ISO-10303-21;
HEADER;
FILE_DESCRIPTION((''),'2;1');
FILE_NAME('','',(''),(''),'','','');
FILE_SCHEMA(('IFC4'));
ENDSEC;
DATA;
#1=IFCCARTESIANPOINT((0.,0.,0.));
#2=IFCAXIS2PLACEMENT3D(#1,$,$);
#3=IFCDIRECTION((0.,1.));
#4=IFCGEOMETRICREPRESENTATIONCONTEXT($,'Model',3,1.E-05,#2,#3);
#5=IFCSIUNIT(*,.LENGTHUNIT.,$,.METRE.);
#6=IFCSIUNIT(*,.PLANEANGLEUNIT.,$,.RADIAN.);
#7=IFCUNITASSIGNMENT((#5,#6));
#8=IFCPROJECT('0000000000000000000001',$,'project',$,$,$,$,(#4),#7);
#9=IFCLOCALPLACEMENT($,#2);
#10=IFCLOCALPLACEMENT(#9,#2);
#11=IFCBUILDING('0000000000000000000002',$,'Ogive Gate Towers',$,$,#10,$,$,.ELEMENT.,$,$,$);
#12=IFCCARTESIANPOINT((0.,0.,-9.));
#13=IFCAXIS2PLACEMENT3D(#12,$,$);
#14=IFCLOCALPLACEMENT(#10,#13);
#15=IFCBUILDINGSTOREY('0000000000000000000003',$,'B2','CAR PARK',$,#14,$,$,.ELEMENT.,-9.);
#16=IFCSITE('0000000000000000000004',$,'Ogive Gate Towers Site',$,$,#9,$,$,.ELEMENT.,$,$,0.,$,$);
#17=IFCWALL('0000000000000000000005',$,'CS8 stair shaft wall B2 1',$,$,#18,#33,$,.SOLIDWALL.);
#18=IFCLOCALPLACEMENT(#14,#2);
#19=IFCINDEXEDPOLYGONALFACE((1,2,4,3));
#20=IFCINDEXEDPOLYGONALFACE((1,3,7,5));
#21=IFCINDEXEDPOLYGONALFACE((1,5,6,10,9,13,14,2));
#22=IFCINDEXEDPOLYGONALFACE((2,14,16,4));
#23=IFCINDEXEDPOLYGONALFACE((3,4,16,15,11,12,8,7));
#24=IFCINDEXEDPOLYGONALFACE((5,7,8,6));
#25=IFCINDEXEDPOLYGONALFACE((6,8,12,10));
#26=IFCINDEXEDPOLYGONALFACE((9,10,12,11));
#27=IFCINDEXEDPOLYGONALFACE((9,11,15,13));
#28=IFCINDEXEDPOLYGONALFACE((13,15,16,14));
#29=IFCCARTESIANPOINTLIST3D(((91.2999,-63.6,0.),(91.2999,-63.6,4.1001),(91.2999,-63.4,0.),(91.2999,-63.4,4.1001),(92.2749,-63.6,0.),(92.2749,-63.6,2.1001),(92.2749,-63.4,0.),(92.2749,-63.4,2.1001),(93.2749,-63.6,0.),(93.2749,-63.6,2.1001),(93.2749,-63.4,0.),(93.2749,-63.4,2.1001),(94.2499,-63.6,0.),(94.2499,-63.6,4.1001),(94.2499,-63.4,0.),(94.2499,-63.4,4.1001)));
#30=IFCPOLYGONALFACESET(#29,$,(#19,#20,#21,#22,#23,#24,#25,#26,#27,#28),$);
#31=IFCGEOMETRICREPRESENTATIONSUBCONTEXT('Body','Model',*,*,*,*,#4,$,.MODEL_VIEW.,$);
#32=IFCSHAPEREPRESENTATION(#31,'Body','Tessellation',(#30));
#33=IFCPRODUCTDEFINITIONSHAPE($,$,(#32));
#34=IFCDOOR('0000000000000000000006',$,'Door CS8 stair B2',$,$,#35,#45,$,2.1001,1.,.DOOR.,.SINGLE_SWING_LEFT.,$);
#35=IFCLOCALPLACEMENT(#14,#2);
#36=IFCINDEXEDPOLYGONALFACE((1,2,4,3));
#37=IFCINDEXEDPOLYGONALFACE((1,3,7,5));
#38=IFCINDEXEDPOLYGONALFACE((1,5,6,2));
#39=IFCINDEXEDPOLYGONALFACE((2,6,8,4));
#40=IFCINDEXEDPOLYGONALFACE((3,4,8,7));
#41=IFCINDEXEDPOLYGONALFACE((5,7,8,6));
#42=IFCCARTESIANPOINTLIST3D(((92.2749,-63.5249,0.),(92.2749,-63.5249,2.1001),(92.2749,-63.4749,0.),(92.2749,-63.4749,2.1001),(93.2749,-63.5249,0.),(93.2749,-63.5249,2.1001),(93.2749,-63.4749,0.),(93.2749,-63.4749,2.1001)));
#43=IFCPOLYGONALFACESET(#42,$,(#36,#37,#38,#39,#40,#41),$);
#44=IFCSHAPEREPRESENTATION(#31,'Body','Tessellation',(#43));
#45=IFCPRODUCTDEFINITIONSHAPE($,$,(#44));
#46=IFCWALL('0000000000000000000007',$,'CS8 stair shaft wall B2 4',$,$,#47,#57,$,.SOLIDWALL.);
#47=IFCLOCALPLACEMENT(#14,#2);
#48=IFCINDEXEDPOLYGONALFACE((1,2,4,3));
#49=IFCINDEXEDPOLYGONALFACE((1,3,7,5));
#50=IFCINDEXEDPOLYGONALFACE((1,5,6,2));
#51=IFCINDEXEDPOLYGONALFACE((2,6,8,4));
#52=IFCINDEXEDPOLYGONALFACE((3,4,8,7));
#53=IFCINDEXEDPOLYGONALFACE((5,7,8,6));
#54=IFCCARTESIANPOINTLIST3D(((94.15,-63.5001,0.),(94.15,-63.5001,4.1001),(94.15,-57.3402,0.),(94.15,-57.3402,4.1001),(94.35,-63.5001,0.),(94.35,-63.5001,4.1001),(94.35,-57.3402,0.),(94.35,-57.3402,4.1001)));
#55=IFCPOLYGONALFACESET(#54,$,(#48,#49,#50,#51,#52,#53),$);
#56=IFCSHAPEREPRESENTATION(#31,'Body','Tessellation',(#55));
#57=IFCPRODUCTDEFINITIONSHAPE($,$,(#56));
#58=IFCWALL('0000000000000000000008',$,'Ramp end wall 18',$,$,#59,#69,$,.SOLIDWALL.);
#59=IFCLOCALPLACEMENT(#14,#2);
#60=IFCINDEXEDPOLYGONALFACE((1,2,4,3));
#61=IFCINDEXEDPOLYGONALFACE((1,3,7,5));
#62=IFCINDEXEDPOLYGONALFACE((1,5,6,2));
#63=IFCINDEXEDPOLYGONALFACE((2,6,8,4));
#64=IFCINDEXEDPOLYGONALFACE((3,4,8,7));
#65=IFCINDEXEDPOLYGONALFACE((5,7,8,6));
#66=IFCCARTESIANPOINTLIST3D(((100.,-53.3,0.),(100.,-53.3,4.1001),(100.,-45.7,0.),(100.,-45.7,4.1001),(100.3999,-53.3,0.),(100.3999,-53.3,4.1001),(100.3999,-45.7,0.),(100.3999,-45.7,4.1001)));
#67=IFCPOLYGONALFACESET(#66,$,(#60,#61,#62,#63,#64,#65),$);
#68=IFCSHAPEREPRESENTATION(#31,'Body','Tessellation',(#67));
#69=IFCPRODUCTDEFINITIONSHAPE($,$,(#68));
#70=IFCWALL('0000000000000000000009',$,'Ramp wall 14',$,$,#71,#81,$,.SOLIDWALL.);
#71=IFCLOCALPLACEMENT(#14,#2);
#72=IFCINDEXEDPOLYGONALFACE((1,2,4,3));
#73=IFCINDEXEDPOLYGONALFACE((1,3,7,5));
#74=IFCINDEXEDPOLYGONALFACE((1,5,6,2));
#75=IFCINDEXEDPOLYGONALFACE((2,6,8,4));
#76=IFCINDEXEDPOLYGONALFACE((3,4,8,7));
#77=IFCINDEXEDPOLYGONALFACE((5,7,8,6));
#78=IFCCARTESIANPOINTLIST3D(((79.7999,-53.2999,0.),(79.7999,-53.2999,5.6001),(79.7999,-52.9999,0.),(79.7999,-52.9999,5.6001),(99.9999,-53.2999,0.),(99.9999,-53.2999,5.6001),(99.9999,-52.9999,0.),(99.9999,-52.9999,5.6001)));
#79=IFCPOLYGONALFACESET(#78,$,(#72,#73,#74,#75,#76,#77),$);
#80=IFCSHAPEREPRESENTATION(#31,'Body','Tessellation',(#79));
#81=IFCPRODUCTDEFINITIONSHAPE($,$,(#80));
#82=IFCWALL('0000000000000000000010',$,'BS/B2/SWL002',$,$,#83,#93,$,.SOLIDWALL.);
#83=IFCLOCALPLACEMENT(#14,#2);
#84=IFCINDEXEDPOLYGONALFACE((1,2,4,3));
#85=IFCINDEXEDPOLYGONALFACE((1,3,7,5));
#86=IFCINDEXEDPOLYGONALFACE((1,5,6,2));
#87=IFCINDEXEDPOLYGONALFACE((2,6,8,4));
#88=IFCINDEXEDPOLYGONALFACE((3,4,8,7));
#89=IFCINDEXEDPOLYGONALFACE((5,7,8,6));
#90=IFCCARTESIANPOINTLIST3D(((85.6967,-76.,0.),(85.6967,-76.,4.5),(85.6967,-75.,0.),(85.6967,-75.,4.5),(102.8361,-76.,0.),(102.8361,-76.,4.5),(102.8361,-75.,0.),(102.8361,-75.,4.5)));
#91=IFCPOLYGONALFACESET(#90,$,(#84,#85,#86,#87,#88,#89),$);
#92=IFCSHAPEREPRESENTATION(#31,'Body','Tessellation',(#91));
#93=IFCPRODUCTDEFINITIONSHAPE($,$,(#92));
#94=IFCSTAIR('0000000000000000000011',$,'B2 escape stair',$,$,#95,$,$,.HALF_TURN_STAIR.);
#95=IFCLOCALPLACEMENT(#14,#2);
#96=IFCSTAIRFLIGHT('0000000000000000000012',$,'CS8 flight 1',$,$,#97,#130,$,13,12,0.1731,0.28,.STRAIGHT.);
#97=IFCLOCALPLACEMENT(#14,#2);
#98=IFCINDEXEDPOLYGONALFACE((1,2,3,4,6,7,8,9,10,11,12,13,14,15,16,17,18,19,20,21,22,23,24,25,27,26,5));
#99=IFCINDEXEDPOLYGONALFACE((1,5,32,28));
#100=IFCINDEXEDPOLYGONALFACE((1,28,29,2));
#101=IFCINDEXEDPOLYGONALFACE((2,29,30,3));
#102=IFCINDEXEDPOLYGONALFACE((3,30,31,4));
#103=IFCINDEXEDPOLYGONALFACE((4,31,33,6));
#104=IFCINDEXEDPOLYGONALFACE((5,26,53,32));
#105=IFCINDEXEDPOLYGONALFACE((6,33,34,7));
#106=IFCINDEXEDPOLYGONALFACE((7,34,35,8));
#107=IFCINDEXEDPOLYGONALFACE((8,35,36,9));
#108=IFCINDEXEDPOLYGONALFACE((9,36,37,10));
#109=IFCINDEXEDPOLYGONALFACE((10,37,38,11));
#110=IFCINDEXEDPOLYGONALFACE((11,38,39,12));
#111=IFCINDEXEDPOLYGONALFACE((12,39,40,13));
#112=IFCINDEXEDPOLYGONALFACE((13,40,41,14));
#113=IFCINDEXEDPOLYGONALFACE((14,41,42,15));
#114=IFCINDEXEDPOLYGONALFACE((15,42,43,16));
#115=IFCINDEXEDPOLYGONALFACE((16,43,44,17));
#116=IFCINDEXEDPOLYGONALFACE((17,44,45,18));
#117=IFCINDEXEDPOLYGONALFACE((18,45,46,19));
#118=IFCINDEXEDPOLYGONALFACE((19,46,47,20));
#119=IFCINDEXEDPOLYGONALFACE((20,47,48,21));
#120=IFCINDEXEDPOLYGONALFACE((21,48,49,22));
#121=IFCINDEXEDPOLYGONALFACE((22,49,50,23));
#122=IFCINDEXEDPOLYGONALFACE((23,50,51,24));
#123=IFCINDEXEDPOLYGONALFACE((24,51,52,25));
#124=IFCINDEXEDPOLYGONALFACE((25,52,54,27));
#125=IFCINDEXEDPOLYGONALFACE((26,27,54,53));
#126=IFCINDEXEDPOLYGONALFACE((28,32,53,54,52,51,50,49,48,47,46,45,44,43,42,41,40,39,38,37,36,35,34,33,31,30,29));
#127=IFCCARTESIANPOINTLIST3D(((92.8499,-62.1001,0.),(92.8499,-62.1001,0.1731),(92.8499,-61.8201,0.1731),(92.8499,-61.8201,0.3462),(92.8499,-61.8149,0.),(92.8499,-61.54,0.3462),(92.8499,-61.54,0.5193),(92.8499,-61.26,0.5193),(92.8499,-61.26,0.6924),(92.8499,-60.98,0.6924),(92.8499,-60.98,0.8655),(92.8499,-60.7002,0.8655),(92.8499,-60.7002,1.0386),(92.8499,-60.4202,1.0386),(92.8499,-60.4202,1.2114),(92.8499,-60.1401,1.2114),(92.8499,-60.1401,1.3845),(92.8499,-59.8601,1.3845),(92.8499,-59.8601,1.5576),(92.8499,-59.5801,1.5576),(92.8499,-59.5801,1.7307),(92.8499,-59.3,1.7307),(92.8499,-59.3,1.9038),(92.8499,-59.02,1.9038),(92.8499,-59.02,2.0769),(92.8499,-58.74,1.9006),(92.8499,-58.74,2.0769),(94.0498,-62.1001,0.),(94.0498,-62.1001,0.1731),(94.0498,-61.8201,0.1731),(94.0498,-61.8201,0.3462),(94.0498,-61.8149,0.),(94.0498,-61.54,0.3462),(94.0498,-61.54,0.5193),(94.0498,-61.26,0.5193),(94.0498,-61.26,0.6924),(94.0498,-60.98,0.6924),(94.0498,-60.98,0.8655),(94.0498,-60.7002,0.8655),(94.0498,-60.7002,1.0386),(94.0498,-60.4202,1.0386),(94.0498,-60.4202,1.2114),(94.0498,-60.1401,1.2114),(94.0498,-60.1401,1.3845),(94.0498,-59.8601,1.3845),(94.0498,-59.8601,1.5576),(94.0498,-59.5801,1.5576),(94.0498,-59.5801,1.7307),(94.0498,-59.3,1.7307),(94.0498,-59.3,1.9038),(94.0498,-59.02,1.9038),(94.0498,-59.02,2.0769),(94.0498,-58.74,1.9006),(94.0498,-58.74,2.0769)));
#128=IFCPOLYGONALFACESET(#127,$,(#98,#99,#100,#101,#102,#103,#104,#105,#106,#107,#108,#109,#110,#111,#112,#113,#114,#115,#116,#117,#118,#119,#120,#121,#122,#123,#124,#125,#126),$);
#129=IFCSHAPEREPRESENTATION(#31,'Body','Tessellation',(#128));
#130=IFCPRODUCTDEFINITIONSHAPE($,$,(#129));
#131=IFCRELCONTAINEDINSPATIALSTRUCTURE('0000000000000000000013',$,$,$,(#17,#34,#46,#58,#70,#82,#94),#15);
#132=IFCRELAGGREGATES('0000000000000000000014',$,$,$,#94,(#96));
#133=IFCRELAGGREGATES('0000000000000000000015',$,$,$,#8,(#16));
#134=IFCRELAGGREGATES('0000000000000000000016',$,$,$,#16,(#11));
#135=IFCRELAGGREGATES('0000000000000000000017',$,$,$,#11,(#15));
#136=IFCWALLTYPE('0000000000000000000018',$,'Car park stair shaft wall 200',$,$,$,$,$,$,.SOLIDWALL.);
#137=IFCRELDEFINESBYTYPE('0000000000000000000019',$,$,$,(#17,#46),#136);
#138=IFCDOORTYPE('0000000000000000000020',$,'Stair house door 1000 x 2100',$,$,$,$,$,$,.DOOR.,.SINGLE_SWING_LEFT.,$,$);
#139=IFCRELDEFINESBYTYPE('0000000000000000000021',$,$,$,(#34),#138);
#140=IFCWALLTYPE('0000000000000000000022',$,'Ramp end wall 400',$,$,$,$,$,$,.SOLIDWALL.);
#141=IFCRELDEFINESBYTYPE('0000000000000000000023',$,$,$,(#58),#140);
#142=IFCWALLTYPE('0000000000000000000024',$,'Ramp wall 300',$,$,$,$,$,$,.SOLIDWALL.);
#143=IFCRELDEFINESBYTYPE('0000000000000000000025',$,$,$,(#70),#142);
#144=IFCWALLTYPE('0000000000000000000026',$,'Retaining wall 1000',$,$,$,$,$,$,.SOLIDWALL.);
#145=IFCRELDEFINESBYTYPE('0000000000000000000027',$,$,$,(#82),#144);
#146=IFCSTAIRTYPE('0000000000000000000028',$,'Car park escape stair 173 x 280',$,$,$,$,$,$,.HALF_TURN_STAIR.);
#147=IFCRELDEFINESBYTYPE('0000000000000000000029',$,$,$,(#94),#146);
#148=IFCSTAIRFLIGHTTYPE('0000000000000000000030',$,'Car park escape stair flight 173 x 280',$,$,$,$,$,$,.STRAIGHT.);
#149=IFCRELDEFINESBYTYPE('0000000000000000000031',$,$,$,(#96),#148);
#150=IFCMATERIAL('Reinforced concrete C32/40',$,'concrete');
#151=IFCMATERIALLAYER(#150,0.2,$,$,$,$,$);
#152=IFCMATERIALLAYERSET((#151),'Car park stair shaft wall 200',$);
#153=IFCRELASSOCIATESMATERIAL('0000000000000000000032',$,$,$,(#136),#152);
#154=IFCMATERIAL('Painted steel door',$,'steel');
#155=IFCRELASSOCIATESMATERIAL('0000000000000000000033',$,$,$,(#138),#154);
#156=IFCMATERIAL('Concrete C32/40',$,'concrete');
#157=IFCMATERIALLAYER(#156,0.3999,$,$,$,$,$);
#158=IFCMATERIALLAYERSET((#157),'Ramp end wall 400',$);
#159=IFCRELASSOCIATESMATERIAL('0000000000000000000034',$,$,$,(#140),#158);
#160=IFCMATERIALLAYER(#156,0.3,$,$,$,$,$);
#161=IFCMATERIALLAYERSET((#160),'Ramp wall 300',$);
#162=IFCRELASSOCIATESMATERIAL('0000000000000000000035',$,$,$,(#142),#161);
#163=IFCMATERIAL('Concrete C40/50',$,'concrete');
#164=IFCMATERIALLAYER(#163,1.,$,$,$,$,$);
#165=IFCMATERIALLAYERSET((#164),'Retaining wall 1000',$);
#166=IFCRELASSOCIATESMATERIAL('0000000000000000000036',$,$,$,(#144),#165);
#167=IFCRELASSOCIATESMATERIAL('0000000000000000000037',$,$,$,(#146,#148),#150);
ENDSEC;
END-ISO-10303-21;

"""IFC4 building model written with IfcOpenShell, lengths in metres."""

from ifc_helpers import new_model, si_unit, direction, frame, frame_2d, origin, place, context, subcontext, project, spatial, polyline, rectangle, outline, extrude, material, layer, layer_set, type_object, element, fill, aggregate, save


model = new_model("IFC4")

# Units and contexts
model_context = context("Model", 3, precision=1e-05, world=origin(), true_north=direction((0.0, 1.0)))
body_context = subcontext(model_context, "Body", "Model", "MODEL_VIEW")
ifc_project = project(units=[si_unit("LENGTHUNIT", "METRE"), si_unit("PLANEANGLEUNIT", "RADIAN")], contexts=[model_context])

# Site, building, storey
site_placement = place(None, origin())
site = spatial("IfcSite", under=ifc_project, at=site_placement, Name="Ogive Gate Towers Site", CompositionType="ELEMENT", RefElevation=0.0)
building_placement = place(site_placement, origin())
building = spatial("IfcBuilding", under=site, at=building_placement, Name="Ogive Gate Towers", CompositionType="ELEMENT")
storey_placement = place(building_placement, frame((0.0, 0.0, -9.0)))
storey = spatial("IfcBuildingStorey", under=building, at=storey_placement, Name="B2", Description="CAR PARK", CompositionType="ELEMENT", Elevation=-9.0)

# Shared definitions
ifc_material_1 = material(Name="Concrete C40/50", Category="concrete")

# Wall, opening, door
ifc_material_2 = material(Name="Reinforced concrete C32/40", Category="concrete")
ifc_layer_1 = layer(ifc_material_2, 0.2)
ifc_layer_set_1 = layer_set([ifc_layer_1], Name="Car park stair shaft wall 200")
wall_type_1 = type_object("IfcWallType", Name="Car park stair shaft wall 200", PredefinedType="SOLIDWALL", material=ifc_layer_set_1)
wall_1_placement = place(storey_placement, frame((94.25, -63.5, 0.0), z_axis=(0.0, 0.0, 1.0), x_axis=(-1.0, 0.0, 0.0)))
wall_1 = element("IfcWall", 1, at=wall_1_placement, inside=storey, type_object=wall_type_1, Name="CS8 stair shaft wall B2 1", PredefinedType="SOLIDWALL", context=body_context, shape_type="SweptSolid", body=[
    extrude(rectangle(XDim=2.95, YDim=0.2, at=frame_2d((1.4751, 0.0))), origin(), (0.0, 0.0, 1.0), 4.1001),
])
opening_placement = place(wall_1_placement, frame((0.9751, 0.0, 0.0)))
opening = element("IfcOpeningElement", 2, at=opening_placement, cuts=wall_1, PredefinedType="OPENING", context=body_context, shape_type="SweptSolid", body=[
    extrude(rectangle(XDim=1.0, YDim=2.1001, at=frame_2d((0.5, 1.05))), frame((0.0, 0.1099, 0.0), z_axis=(0.0, -1.0, 0.0), x_axis=(1.0, 0.0, 0.0)), (0.0, 0.0, 1.0), 0.22),
])
ifc_material_3 = material(Name="Painted steel door", Category="steel")
door_type = type_object("IfcDoorType", Name="Stair house door 1000 x 2100", OperationType="SINGLE_SWING_LEFT", PredefinedType="DOOR", material=ifc_material_3)
door_placement = place(opening_placement, origin())
door = element("IfcDoor", 3, at=door_placement, inside=storey, type_object=door_type, Name="Door CS8 stair B2", OperationType="SINGLE_SWING_LEFT", OverallHeight=2.1001, OverallWidth=1.0, PredefinedType="DOOR", context=body_context, shape_type="SweptSolid", body=[
    extrude(rectangle(XDim=1.0, YDim=2.1001, at=frame_2d((0.5, 1.05))), frame((0.0, 0.0249, 0.0), z_axis=(0.0, -1.0, 0.0), x_axis=(1.0, 0.0, 0.0)), (0.0, 0.0, 1.0), 0.05),
])
fill(opening, door)

# Walls
wall_2_placement = place(storey_placement, frame((94.25, -57.3401, 0.0), z_axis=(0.0, 0.0, 1.0), x_axis=(0.0, -1.0, 0.0)))
element("IfcWall", 4, at=wall_2_placement, inside=storey, type_object=wall_type_1, Name="CS8 stair shaft wall B2 4", PredefinedType="SOLIDWALL", context=body_context, shape_type="SweptSolid", body=[
    extrude(rectangle(XDim=6.1599, YDim=0.2, at=frame_2d((3.0801, 0.0))), origin(), (0.0, 0.0, 1.0), 4.1001),
])
ifc_material_4 = material(Name="Concrete C32/40", Category="concrete")
ifc_layer_2 = layer(ifc_material_4, 0.3999)
ifc_layer_set_2 = layer_set([ifc_layer_2], Name="Ramp end wall 400")
wall_type_2 = type_object("IfcWallType", Name="Ramp end wall 400", PredefinedType="SOLIDWALL", material=ifc_layer_set_2)
wall_3_placement = place(storey_placement, frame((100.2, -53.3, 0.0), z_axis=(0.0, 0.0, 1.0), x_axis=(0.0, 1.0, 0.0)))
element("IfcWall", 5, at=wall_3_placement, inside=storey, type_object=wall_type_2, Name="Ramp end wall 18", PredefinedType="SOLIDWALL", context=body_context, shape_type="SweptSolid", body=[
    extrude(rectangle(XDim=7.6001, YDim=0.3999, at=frame_2d((3.8, 0.0))), origin(), (0.0, 0.0, 1.0), 4.1001),
])
ifc_layer_3 = layer(ifc_material_4, 0.3)
ifc_layer_set_3 = layer_set([ifc_layer_3], Name="Ramp wall 300")
wall_type_3 = type_object("IfcWallType", Name="Ramp wall 300", PredefinedType="SOLIDWALL", material=ifc_layer_set_3)
wall_4_placement = place(storey_placement, frame((100.0, -53.1499, 0.0), z_axis=(0.0, 0.0, 1.0), x_axis=(-1.0, 0.0, 0.0)))
element("IfcWall", 6, at=wall_4_placement, inside=storey, type_object=wall_type_3, Name="Ramp wall 14", PredefinedType="SOLIDWALL", context=body_context, shape_type="SweptSolid", body=[
    extrude(rectangle(XDim=20.2, YDim=0.3, at=frame_2d((10.1001, 0.0))), origin(), (0.0, 0.0, 1.0), 5.6001),
])
ifc_layer_4 = layer(ifc_material_1, 1.0)
ifc_layer_set_4 = layer_set([ifc_layer_4], Name="Retaining wall 1000")
wall_type_4 = type_object("IfcWallType", Name="Retaining wall 1000", PredefinedType="SOLIDWALL", material=ifc_layer_set_4)
wall_5_placement = place(storey_placement, frame((102.8362, -75.5, 0.0), z_axis=(0.0, 0.0, 1.0), x_axis=(-1.0, 0.0, 0.0)))
element("IfcWall", 7, at=wall_5_placement, inside=storey, type_object=wall_type_4, Name="BS/B2/SWL002", PredefinedType="SOLIDWALL", context=body_context, shape_type="SweptSolid", body=[
    extrude(rectangle(XDim=17.1394, YDim=1.0, at=frame_2d((8.5698, 0.0))), origin(), (0.0, 0.0, 1.0), 4.5),
])

# Stair, stair flight
stair_type = type_object("IfcStairType", Name="Car park escape stair 173 x 280", PredefinedType="HALF_TURN_STAIR", material=ifc_material_2)
stair_placement = place(storey_placement, origin())
stair = element("IfcStair", 8, at=stair_placement, inside=storey, type_object=stair_type, Name="B2 escape stair", PredefinedType="HALF_TURN_STAIR")
stair_flight_type = type_object("IfcStairFlightType", Name="Car park escape stair flight 173 x 280", PredefinedType="STRAIGHT", material=ifc_material_2)
stair_flight_placement = place(storey_placement, frame((93.45, -62.1001, 0.0), z_axis=(0.0, 0.0, 1.0), x_axis=(0.0, 1.0, 0.0)))
stair_flight = element("IfcStairFlight", 9, at=stair_flight_placement, type_object=stair_flight_type, Name="CS8 flight 1", NumberOfRisers=13, NumberOfTreads=12, PredefinedType="STRAIGHT", RiserHeight=0.1731, TreadLength=0.28, context=body_context, shape_type="SweptSolid", body=[
    extrude(outline(polyline([(0.0, 0.0), (0.0, 0.1731), (0.28, 0.1731), (0.28, 0.3462), (0.5601, 0.3462), (0.5601, 0.5193), (0.8401, 0.5193), (0.8401, 0.6924), (1.1201, 0.6924), (1.1201, 0.8655), (1.3999, 0.8655), (1.3999, 1.0386), (1.6799, 1.0386), (1.6799, 1.2114), (1.96, 1.2114), (1.96, 1.3845), (2.24, 1.3845), (2.24, 1.5576), (2.52, 1.5576), (2.52, 1.7307), (2.8, 1.7307), (2.8, 1.9038), (3.0801, 1.9038), (3.0801, 2.0769), (3.3601, 2.0769), (3.3601, 2.25), (3.3601, 1.9006), (0.2852, 0.0), (0.0, 0.0)])), frame((0.0, 0.6001, 0.0), z_axis=(0.0, -1.0, 0.0), x_axis=(1.0, 0.0, 0.0)), (0.0, 0.0, 1.0), 1.2),
])
aggregate(stair, [stair_flight])

save(model, "model.ifc")
